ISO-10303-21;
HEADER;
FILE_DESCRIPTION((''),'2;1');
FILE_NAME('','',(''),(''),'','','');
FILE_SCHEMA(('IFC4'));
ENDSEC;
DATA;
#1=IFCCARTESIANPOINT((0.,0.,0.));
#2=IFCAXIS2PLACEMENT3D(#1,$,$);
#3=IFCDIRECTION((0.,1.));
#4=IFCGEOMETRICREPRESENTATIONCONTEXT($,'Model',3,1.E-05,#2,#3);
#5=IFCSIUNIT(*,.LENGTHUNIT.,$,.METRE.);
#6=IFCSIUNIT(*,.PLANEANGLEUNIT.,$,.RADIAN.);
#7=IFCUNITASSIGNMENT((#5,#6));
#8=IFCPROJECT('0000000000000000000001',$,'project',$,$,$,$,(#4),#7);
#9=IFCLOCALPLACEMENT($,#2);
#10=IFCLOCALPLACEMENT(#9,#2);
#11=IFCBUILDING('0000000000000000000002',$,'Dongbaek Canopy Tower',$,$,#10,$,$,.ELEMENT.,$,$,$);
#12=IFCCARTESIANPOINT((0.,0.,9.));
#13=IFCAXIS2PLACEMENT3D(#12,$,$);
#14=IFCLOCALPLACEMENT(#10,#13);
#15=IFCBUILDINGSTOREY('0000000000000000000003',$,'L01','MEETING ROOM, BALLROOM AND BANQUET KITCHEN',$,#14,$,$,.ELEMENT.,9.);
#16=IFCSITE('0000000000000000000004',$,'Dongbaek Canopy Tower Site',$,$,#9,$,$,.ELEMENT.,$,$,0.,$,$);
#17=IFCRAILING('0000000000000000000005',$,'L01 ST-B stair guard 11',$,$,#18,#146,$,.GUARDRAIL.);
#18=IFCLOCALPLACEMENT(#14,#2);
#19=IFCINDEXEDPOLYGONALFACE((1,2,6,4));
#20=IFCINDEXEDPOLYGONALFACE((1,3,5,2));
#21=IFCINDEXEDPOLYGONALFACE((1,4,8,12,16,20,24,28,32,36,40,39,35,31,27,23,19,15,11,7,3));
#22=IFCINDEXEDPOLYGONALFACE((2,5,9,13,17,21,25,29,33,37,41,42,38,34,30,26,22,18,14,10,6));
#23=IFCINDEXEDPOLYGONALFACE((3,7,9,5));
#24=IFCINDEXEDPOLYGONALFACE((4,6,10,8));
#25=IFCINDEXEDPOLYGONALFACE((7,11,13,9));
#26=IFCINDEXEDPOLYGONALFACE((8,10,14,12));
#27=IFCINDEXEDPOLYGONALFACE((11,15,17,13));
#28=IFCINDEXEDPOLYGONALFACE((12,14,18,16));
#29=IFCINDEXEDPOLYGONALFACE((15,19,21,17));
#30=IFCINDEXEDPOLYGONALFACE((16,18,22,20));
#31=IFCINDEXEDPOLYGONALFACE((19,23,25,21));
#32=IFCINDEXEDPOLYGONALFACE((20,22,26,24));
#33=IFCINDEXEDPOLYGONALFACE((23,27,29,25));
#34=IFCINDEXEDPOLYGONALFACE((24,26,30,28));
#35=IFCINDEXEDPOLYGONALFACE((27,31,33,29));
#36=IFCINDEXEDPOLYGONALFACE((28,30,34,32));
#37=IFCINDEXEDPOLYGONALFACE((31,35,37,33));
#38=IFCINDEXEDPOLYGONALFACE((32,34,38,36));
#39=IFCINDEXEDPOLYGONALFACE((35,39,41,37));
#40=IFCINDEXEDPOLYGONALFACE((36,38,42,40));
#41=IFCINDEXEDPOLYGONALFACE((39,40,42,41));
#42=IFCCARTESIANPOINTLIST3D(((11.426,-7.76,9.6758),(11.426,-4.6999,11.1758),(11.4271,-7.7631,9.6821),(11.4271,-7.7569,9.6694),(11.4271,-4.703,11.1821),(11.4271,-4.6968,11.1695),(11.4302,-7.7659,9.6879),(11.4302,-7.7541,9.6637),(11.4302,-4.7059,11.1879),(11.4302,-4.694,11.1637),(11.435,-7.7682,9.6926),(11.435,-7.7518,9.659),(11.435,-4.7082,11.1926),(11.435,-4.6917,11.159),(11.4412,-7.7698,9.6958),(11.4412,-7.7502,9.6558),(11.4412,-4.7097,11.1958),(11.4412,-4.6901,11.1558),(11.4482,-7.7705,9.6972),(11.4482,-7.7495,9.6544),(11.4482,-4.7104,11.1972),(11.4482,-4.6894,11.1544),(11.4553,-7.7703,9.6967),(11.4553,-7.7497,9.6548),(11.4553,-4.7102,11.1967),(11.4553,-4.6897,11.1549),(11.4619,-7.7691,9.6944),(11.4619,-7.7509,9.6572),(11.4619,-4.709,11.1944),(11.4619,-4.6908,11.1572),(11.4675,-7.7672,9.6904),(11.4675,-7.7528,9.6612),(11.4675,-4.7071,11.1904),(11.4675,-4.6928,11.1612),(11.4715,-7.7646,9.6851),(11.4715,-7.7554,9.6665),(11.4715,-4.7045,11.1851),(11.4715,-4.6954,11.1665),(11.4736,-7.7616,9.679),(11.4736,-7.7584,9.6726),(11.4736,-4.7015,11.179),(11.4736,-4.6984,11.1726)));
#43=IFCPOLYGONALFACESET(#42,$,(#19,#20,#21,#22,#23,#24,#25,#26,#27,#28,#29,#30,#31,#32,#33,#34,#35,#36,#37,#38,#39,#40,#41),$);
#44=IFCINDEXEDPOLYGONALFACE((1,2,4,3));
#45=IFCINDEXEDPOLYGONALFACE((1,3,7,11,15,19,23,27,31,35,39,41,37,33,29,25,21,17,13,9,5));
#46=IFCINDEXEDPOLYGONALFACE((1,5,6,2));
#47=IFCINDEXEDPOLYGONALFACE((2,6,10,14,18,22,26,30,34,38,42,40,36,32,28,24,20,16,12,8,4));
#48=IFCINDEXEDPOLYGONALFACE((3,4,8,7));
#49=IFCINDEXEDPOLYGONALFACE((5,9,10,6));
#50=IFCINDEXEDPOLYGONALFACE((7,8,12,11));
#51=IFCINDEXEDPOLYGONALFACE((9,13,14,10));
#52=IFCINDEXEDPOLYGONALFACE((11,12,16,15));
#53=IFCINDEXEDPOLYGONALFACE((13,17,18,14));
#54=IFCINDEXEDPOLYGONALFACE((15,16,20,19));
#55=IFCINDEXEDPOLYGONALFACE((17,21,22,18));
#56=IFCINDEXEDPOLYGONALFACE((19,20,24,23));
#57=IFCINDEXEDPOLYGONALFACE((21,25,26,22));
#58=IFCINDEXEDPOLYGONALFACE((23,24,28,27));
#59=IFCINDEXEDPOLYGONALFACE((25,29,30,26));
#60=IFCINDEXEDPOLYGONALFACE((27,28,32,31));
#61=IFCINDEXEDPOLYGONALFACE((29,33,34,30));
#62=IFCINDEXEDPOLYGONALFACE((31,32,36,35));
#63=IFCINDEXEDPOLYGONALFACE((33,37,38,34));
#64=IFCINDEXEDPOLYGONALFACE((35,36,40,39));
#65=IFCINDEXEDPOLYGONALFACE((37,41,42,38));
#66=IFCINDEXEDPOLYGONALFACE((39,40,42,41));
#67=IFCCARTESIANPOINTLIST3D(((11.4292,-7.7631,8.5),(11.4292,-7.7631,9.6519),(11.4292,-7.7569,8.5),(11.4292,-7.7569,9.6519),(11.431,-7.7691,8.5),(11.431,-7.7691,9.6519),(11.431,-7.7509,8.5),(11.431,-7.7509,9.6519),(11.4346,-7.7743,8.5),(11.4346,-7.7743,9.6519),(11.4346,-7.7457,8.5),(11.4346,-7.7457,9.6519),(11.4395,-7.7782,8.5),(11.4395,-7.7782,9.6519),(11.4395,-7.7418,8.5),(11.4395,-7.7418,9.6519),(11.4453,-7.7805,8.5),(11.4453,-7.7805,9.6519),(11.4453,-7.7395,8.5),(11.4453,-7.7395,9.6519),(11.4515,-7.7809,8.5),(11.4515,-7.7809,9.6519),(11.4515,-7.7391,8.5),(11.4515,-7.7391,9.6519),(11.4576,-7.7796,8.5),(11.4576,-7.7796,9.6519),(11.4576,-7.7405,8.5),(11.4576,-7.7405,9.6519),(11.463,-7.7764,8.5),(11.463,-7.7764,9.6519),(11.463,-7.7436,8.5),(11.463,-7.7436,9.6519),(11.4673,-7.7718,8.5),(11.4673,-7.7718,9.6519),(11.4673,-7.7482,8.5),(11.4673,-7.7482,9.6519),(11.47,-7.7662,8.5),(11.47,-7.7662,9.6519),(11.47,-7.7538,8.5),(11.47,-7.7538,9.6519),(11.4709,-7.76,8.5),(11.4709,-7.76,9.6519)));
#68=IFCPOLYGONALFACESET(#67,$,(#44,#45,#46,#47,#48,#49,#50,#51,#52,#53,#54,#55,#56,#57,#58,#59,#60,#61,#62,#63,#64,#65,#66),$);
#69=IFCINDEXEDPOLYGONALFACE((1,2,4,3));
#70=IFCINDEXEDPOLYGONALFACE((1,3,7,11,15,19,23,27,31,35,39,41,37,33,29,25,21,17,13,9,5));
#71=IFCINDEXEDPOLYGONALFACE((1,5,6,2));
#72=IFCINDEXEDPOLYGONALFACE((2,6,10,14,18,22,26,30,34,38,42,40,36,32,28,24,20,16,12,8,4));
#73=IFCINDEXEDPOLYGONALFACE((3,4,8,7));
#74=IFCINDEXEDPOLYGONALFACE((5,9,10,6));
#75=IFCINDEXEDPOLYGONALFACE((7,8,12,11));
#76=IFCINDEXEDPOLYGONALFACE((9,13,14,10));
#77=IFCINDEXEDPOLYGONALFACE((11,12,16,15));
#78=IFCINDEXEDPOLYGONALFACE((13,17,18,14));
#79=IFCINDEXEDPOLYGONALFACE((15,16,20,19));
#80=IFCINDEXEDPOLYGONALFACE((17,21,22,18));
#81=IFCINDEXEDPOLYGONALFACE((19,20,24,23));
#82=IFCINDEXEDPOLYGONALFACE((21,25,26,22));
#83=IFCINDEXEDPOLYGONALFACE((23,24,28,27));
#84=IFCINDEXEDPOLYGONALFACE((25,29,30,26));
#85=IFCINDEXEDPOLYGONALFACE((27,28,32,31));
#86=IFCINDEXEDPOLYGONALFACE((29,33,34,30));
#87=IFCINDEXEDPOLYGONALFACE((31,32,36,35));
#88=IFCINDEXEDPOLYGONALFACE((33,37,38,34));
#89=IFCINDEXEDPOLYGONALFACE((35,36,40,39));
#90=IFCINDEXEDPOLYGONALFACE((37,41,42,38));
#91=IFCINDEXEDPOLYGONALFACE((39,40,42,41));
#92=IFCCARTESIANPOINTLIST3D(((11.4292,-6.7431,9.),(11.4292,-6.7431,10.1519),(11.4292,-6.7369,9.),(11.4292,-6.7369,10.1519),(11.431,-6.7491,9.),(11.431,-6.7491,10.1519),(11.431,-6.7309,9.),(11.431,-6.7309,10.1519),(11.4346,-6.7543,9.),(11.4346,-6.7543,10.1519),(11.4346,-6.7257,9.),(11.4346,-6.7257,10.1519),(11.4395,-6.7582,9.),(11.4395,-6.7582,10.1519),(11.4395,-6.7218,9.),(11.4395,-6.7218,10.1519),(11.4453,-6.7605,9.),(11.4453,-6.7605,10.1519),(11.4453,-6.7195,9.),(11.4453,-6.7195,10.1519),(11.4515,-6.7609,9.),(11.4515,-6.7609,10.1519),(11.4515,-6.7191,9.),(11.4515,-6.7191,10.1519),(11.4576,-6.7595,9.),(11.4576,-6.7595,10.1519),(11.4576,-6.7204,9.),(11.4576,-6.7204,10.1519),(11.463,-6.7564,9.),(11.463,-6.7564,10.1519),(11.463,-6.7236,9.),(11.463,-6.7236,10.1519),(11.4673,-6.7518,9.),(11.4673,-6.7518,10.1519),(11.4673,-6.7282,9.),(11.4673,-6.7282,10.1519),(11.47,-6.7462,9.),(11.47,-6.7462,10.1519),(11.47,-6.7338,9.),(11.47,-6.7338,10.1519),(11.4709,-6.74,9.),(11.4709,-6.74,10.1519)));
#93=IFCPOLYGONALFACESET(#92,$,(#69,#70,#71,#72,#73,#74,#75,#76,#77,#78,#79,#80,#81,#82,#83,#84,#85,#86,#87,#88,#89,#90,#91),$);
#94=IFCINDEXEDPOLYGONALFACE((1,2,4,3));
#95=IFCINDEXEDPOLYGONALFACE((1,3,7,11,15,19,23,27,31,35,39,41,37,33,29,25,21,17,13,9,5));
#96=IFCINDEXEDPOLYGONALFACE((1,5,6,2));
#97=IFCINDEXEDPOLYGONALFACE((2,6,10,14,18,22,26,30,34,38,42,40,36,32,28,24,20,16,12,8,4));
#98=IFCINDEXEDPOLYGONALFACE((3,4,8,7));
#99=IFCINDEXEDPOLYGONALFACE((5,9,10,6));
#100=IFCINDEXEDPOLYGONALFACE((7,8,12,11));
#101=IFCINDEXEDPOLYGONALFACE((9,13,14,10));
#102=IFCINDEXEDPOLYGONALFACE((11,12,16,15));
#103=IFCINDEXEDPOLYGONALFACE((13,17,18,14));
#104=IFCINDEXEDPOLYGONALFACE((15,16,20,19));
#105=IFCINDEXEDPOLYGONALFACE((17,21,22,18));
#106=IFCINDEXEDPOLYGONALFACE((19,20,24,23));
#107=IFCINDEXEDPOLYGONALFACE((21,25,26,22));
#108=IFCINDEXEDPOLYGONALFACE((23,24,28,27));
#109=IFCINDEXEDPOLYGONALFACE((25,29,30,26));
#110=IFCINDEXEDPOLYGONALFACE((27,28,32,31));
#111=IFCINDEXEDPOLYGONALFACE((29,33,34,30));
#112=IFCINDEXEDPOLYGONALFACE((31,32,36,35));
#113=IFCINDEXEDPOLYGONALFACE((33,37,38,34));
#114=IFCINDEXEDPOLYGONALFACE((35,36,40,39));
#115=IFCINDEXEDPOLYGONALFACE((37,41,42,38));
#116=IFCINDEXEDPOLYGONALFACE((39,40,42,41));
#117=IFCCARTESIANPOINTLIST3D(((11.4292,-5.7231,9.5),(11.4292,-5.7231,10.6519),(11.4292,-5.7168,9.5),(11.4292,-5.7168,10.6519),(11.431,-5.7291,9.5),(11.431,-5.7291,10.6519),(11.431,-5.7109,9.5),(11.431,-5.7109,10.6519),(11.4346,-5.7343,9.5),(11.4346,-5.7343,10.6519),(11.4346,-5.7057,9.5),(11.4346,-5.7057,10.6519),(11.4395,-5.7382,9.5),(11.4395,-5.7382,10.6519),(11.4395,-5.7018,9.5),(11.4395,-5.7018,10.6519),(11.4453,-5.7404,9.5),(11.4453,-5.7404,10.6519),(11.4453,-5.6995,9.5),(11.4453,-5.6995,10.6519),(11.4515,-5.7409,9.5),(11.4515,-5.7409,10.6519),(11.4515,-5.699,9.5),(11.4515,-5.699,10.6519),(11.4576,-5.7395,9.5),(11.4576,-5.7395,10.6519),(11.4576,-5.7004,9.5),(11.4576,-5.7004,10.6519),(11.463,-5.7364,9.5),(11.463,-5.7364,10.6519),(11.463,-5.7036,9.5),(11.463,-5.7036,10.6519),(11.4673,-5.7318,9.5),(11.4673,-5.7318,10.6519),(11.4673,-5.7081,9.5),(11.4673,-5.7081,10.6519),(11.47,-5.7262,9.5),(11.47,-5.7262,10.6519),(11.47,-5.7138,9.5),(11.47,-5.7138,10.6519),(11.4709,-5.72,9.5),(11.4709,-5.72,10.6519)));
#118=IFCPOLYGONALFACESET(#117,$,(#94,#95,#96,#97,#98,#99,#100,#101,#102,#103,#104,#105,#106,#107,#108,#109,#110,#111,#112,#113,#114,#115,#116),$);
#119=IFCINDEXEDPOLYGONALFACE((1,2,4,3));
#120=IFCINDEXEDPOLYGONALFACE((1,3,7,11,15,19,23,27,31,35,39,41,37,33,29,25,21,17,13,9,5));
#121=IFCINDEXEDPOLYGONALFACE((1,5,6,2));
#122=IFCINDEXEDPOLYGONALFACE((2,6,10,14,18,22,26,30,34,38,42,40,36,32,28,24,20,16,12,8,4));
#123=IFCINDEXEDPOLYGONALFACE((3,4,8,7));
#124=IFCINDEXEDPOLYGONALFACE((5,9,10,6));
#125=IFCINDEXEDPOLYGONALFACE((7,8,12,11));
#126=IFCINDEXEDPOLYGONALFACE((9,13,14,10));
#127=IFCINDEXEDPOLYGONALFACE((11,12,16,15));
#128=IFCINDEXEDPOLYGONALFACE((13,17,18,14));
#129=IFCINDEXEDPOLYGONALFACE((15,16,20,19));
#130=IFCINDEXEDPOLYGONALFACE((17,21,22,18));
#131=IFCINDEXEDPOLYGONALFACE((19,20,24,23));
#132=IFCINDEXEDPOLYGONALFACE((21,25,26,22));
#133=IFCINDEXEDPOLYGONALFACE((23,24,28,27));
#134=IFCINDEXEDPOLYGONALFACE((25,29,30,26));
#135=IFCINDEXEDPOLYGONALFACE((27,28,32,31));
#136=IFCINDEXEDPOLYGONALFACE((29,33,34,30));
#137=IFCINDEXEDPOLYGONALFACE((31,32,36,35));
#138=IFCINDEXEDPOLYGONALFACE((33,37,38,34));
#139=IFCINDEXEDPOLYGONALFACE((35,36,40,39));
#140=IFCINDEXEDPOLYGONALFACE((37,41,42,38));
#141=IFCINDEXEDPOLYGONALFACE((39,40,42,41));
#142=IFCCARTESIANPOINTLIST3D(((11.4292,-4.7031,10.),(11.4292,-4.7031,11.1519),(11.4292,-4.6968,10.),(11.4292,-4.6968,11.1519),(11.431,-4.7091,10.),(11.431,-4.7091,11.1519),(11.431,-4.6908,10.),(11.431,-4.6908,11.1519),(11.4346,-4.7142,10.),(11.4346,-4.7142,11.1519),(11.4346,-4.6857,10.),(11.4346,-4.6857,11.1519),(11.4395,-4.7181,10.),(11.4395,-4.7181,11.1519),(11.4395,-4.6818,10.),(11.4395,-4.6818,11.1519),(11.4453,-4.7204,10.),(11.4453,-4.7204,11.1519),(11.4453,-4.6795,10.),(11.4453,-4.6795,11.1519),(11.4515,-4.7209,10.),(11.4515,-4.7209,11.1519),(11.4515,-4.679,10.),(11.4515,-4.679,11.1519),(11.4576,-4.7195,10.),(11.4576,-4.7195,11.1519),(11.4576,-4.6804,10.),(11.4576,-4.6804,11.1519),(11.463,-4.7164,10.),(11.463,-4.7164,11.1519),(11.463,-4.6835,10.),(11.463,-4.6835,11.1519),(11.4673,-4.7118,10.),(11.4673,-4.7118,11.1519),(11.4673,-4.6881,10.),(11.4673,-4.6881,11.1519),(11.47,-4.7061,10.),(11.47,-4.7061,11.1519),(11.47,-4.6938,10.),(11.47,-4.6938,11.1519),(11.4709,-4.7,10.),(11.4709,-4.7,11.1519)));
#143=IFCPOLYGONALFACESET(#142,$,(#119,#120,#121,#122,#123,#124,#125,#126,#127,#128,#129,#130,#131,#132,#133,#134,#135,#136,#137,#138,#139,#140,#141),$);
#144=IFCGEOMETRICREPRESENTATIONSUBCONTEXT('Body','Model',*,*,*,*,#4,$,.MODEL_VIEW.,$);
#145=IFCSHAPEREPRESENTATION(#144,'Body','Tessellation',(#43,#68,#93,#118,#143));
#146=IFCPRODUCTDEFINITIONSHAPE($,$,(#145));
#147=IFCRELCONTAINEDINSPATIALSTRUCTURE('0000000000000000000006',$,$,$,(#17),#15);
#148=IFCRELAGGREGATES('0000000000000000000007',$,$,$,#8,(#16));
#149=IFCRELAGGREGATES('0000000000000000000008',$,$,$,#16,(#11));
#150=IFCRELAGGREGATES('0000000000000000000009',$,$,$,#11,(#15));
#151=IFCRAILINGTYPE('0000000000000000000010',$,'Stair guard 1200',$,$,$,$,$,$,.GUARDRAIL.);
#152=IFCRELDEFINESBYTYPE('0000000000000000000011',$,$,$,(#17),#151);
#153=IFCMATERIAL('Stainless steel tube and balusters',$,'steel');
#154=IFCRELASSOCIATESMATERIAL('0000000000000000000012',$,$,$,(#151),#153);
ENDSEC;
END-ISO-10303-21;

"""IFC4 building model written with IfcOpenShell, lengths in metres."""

from ifc_helpers import new_model, si_unit, direction, frame, origin, origin_2d, place, context, subcontext, project, spatial, circle, extrude, material, type_object, element, save


model = new_model("IFC4")

# Units and contexts
model_context = context("Model", 3, precision=1e-05, world=origin(), true_north=direction((0.0, 1.0)))
body_context = subcontext(model_context, "Body", "Model", "MODEL_VIEW")
ifc_project = project(units=[si_unit("LENGTHUNIT", "METRE"), si_unit("PLANEANGLEUNIT", "RADIAN")], contexts=[model_context])

# Site, building, storey
site_placement = place(None, origin())
site = spatial("IfcSite", under=ifc_project, at=site_placement, Name="Dongbaek Canopy Tower Site", CompositionType="ELEMENT", RefElevation=0.0)
building_placement = place(site_placement, origin())
building = spatial("IfcBuilding", under=site, at=building_placement, Name="Dongbaek Canopy Tower", CompositionType="ELEMENT")
storey_placement = place(building_placement, frame((0.0, 0.0, 9.0)))
storey = spatial("IfcBuildingStorey", under=building, at=storey_placement, Name="L01", Description="MEETING ROOM, BALLROOM AND BANQUET KITCHEN", CompositionType="ELEMENT", Elevation=9.0)

# Railing
ifc_material_1 = material(Name="Stainless steel tube and balusters", Category="steel")
railing_type_1 = type_object("IfcRailingType", Name="Stair guard 1200", PredefinedType="GUARDRAIL", material=ifc_material_1)
railing_1_placement = place(storey_placement, frame((11.45, -7.76, 8.5)))
element("IfcRailing", 1, at=railing_1_placement, inside=storey, type_object=railing_type_1, Name="L01 ST-B stair guard 11", PredefinedType="GUARDRAIL", context=body_context, shape_type="SweptSolid", body=[
    extrude(circle(Radius=0.0239, at=origin_2d()), frame((0.0, 0.0, 1.1758), z_axis=(0.0, 0.897924, 0.44015), x_axis=(-1.0, 0.0, 0.0)), (0.0, 0.0, 1.0), 3.408),
    extrude(circle(Radius=0.021, at=origin_2d()), origin(), (0.0, 0.0, 1.0), 1.1519),
    extrude(circle(Radius=0.021, at=origin_2d()), frame((0.0, 1.02, 0.5)), (0.0, 0.0, 1.0), 1.1519),
    extrude(circle(Radius=0.021, at=origin_2d()), frame((0.0, 2.04, 1.0)), (0.0, 0.0, 1.0), 1.1519),
    extrude(circle(Radius=0.021, at=origin_2d()), frame((0.0, 3.0601, 1.5)), (0.0, 0.0, 1.0), 1.1519),
])

save(model, "model.ifc")
